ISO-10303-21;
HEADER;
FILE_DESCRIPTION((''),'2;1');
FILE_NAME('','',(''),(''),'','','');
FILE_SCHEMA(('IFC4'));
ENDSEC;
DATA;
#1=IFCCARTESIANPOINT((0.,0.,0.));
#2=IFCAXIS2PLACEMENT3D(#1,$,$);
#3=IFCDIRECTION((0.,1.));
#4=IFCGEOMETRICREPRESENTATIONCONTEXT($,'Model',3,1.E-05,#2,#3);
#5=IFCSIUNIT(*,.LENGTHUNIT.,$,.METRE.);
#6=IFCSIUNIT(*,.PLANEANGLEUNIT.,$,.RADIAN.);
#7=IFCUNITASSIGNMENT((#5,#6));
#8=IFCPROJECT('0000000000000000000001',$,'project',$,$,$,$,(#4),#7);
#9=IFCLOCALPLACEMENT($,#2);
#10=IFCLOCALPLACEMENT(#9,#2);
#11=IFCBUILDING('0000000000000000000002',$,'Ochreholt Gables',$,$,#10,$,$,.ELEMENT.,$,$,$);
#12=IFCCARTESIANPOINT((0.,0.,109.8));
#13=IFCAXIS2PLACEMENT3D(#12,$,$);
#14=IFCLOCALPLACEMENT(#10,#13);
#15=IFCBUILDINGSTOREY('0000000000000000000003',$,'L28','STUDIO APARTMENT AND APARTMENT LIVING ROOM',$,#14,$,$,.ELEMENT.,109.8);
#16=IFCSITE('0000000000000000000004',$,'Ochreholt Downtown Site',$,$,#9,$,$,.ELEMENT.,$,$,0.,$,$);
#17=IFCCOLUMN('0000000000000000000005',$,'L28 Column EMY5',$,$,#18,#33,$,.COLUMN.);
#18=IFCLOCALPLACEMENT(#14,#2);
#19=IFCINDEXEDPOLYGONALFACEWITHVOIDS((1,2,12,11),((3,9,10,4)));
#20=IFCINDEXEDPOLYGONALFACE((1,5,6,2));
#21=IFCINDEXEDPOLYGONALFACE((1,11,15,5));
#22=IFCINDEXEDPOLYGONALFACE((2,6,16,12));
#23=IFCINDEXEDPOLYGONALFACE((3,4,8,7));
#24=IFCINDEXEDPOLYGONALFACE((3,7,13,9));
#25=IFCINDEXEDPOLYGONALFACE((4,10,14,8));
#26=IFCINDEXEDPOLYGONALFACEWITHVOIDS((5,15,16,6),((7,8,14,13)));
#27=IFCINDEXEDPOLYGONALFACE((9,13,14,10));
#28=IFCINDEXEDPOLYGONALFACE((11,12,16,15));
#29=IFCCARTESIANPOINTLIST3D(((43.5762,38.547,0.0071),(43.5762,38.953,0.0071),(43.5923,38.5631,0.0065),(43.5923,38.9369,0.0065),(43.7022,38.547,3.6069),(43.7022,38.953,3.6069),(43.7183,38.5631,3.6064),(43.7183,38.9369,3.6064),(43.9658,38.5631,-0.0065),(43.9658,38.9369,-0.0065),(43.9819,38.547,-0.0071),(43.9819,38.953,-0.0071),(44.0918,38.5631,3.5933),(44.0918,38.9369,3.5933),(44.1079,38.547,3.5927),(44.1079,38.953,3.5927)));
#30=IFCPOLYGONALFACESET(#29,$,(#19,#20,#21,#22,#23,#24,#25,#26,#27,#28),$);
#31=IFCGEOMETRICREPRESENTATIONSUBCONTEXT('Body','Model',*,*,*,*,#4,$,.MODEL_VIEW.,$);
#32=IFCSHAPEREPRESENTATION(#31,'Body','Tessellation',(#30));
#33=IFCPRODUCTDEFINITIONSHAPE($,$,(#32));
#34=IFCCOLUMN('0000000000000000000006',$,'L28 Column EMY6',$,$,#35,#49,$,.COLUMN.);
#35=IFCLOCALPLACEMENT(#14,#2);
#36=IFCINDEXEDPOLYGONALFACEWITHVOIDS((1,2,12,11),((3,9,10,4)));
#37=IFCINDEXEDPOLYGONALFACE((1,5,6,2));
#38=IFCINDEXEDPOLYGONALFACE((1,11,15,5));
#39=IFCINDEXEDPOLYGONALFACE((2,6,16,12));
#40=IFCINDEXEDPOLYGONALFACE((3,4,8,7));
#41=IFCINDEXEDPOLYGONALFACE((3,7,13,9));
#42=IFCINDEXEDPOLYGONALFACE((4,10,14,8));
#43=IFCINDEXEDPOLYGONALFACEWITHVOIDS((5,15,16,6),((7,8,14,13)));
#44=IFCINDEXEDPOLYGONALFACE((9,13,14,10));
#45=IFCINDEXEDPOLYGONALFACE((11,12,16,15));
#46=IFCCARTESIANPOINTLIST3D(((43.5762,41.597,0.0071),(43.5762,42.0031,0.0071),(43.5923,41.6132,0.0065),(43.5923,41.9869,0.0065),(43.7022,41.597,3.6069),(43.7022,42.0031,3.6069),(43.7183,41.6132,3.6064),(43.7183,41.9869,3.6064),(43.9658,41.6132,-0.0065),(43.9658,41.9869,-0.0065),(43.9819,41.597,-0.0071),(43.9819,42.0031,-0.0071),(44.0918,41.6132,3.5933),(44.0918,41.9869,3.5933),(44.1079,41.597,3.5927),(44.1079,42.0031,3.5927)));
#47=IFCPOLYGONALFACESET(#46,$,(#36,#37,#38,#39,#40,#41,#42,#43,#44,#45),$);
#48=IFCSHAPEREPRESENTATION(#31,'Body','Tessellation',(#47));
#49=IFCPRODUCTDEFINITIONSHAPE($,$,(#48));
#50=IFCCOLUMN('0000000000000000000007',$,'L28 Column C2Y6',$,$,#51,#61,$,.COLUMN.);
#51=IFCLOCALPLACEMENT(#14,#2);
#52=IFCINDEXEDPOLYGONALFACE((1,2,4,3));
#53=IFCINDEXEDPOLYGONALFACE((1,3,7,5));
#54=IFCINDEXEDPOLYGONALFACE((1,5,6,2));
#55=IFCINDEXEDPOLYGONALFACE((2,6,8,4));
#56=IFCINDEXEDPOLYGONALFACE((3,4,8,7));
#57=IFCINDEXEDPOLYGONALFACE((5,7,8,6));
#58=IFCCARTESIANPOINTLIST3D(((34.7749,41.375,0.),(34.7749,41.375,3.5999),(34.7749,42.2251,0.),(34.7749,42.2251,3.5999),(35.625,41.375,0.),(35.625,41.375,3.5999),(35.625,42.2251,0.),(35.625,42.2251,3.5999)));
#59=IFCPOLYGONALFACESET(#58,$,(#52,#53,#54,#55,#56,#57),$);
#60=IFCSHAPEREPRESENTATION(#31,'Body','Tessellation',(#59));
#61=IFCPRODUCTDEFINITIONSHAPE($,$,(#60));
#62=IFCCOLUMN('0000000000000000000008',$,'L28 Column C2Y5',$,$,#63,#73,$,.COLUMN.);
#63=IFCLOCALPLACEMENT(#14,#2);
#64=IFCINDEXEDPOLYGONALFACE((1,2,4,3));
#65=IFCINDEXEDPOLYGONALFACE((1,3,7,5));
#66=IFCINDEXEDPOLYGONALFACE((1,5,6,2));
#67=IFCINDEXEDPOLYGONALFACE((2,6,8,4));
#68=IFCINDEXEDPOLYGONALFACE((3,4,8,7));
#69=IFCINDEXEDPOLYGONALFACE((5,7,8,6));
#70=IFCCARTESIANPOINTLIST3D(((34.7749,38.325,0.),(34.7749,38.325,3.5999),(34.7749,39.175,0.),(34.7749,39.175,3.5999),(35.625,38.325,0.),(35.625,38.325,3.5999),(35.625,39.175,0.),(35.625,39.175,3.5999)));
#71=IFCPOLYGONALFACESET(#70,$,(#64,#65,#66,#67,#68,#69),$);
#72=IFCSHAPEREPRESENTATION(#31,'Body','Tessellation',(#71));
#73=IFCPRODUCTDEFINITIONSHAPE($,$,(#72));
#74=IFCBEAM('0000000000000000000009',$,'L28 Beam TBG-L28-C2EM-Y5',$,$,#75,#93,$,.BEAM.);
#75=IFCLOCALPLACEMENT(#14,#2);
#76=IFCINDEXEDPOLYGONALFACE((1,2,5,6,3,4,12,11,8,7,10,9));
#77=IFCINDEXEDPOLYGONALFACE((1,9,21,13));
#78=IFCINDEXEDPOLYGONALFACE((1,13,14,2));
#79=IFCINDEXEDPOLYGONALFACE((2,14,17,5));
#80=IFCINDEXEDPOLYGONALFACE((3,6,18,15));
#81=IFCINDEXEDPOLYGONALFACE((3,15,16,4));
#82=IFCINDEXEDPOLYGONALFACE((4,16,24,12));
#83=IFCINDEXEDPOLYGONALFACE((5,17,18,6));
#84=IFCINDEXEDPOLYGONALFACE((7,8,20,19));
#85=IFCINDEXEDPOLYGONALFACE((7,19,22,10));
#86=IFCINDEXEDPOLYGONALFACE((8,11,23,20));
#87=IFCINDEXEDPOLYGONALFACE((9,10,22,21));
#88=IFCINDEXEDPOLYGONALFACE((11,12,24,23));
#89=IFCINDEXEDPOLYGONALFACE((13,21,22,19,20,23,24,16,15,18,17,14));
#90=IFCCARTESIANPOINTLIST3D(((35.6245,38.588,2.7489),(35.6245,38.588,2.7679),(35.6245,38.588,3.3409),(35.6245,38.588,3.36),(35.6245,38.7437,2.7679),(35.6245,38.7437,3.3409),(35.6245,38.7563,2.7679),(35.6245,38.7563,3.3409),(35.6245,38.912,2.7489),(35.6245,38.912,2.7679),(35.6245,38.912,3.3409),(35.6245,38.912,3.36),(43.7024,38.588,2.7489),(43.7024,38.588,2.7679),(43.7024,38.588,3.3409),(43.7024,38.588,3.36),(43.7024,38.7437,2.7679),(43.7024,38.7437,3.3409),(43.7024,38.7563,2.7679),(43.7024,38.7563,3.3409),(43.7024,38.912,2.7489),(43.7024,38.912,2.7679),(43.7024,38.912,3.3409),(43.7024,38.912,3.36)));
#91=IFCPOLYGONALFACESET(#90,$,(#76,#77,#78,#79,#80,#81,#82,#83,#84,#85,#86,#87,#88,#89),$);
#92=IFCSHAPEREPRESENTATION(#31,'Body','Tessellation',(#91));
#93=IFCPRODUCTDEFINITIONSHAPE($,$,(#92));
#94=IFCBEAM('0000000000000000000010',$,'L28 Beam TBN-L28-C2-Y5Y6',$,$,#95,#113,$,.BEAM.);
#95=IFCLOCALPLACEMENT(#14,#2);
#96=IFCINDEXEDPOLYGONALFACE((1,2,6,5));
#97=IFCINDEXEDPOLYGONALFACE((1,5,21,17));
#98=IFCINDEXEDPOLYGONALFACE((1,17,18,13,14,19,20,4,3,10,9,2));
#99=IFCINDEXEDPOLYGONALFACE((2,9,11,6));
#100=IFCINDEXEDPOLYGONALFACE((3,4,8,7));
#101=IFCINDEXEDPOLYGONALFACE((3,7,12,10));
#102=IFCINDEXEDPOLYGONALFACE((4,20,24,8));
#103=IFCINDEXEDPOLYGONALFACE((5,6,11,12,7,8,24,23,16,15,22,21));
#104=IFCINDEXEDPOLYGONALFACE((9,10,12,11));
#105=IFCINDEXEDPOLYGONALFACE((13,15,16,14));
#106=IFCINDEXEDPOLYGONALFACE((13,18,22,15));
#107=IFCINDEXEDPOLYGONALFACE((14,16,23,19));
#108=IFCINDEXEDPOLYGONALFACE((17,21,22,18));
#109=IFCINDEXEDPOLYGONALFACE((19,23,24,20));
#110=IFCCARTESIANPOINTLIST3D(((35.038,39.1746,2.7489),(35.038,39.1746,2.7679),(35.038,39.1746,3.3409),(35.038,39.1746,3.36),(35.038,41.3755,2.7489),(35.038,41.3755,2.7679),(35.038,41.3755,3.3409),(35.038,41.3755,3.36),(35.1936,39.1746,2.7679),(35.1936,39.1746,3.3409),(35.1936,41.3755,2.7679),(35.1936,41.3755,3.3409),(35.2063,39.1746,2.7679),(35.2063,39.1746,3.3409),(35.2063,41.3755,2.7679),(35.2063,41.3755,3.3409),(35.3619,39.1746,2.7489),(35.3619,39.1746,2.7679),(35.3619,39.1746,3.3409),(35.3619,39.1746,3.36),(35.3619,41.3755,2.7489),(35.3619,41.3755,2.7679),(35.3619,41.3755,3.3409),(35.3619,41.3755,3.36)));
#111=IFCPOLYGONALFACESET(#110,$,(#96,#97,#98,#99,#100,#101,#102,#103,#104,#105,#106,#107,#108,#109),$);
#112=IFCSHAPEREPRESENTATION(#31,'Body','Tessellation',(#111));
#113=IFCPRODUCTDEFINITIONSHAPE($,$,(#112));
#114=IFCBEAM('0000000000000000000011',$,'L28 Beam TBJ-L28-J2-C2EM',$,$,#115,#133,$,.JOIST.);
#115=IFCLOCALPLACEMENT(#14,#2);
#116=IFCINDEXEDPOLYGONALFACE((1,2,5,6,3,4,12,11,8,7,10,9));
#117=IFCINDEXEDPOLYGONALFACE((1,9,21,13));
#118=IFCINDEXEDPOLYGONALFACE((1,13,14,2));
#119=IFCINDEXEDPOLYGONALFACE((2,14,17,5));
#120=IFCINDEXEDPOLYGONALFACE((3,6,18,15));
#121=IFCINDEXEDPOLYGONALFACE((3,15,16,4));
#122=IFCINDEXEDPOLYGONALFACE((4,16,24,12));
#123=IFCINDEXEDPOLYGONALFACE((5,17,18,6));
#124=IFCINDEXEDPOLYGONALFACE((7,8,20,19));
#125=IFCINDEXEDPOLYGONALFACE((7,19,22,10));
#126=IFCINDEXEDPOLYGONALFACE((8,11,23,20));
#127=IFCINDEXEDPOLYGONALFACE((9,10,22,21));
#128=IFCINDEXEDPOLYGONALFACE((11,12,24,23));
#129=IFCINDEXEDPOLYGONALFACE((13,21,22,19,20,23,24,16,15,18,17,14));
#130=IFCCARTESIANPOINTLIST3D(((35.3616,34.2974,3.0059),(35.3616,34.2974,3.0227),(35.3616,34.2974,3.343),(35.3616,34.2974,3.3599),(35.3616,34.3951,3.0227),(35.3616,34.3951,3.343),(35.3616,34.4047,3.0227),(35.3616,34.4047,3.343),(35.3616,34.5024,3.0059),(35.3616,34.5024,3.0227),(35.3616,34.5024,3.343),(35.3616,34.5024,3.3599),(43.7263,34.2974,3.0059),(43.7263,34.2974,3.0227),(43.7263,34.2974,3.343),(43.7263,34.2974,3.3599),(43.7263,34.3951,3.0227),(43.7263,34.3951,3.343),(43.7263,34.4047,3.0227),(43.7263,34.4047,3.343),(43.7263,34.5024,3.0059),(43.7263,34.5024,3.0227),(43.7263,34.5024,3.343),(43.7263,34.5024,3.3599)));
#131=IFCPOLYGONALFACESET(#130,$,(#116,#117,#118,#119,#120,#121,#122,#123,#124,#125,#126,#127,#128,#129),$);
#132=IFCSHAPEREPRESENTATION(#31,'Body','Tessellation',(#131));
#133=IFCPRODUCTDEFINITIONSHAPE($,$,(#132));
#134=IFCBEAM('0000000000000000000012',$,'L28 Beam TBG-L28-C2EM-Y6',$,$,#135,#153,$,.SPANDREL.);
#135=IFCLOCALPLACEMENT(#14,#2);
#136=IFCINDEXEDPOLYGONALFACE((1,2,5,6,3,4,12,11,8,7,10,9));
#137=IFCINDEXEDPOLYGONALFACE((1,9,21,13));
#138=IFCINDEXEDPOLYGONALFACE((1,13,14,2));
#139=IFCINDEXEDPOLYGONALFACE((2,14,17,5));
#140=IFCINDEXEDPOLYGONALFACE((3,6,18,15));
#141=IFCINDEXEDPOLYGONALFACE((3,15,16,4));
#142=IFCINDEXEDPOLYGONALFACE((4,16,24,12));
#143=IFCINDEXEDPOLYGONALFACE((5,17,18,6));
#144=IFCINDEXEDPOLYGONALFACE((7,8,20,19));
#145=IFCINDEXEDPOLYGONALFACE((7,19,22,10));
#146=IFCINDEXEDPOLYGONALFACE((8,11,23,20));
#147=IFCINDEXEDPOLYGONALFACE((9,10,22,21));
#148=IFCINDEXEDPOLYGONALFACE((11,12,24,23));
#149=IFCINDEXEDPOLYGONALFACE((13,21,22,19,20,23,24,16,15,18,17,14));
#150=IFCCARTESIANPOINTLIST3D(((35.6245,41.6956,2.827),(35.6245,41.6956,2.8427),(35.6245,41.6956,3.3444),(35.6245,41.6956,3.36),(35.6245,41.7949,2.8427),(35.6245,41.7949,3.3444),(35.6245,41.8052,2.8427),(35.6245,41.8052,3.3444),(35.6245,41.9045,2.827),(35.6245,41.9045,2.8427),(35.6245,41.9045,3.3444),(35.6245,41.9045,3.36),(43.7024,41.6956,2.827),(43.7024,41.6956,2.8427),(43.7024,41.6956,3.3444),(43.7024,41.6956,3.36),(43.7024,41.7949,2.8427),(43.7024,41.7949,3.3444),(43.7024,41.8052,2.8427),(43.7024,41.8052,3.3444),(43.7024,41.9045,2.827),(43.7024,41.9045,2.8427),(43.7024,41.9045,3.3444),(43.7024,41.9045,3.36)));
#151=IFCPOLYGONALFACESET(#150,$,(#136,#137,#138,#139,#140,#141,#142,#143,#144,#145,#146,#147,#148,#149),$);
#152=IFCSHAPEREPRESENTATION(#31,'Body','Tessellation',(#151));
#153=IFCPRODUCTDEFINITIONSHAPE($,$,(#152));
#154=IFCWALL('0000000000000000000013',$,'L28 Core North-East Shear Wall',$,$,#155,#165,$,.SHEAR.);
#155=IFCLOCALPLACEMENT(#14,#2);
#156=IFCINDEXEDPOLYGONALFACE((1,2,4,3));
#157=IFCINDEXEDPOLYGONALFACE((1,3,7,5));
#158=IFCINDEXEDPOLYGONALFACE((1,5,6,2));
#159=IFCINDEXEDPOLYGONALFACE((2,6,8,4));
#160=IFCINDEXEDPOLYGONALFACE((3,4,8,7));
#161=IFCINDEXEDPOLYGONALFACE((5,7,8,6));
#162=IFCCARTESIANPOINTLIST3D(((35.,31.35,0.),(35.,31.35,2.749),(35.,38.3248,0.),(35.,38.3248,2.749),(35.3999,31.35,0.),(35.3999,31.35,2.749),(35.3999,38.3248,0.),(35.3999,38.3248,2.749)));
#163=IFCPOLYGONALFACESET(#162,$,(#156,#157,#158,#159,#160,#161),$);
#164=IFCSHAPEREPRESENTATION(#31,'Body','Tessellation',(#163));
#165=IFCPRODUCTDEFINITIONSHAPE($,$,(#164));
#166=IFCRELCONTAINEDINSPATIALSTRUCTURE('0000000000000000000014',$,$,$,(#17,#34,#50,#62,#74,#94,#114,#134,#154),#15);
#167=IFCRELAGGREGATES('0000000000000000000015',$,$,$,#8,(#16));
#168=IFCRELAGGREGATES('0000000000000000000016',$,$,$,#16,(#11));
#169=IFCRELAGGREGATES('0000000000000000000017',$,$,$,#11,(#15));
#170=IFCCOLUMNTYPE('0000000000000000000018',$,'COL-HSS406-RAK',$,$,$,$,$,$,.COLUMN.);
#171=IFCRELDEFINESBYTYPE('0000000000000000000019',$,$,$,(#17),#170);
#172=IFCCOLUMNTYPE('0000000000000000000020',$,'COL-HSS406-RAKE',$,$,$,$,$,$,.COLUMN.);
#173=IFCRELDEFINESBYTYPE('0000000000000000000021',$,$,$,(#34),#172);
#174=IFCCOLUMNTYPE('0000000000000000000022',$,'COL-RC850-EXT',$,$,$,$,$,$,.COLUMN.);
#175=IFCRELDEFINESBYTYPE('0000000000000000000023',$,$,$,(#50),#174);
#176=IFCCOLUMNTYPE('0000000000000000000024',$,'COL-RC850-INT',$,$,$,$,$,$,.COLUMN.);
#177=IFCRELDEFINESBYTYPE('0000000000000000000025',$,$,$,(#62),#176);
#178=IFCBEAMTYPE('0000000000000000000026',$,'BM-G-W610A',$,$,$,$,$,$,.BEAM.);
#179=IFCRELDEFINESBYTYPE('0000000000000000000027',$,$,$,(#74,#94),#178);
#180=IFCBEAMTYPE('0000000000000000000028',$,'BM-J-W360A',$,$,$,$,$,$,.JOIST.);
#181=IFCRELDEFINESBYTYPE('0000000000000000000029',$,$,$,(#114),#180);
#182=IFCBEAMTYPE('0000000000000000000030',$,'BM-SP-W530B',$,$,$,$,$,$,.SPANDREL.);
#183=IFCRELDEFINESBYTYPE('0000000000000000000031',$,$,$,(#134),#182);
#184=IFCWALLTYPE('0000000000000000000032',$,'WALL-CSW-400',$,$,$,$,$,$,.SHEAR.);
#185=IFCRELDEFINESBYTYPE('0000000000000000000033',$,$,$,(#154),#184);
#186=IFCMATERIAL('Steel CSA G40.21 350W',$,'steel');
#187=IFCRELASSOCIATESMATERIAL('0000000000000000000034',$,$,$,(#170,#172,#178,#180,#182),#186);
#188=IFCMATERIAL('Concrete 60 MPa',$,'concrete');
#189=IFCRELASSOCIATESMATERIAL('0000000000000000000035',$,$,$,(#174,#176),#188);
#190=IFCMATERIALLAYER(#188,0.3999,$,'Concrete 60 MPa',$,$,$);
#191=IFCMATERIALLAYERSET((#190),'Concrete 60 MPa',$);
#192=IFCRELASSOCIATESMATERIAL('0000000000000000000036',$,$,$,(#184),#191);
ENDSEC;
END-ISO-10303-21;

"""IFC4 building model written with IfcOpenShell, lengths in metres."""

from ifc_helpers import new_model, si_unit, direction, frame, frame_2d, origin, origin_2d, place, context, subcontext, project, spatial, rectangle, hollow_rectangle, i_section, extrude, material, layer, layer_set, material_profile, profile_set, type_object, element, save


model = new_model("IFC4")

# Units and contexts
model_context = context("Model", 3, precision=1e-05, world=origin(), true_north=direction((0.0, 1.0)))
body_context = subcontext(model_context, "Body", "Model", "MODEL_VIEW")
ifc_project = project(units=[si_unit("LENGTHUNIT", "METRE"), si_unit("PLANEANGLEUNIT", "RADIAN")], contexts=[model_context])

# Site, building, storey
site_placement = place(None, origin())
site = spatial("IfcSite", under=ifc_project, at=site_placement, Name="Ochreholt Downtown Site", CompositionType="ELEMENT", RefElevation=0.0)
building_placement = place(site_placement, origin())
building = spatial("IfcBuilding", under=site, at=building_placement, Name="Ochreholt Gables", CompositionType="ELEMENT")
storey_placement = place(building_placement, frame((0.0, 0.0, 109.8)))
storey = spatial("IfcBuildingStorey", under=building, at=storey_placement, Name="L28", Description="STUDIO APARTMENT AND APARTMENT LIVING ROOM", CompositionType="ELEMENT", Elevation=109.8)

# Columns
ifc_material_1 = material(Name="Steel CSA G40.21 350W", Category="steel")
ifc_material_profile_1 = material_profile(ifc_material_1, hollow_rectangle(XDim=0.406, YDim=0.406, WallThickness=0.0161, at=origin_2d()), Name="HSS406X406X16")
ifc_profile_set_1 = profile_set([ifc_material_profile_1], Name="Steel CSA G40.21 350W")
column_type_1 = type_object("IfcColumnType", Name="COL-HSS406-RAK", PredefinedType="COLUMN", material=ifc_profile_set_1)
column_1_placement = place(storey_placement, frame((43.7791, 38.75, 0.0), z_axis=(0.034974, 0.0, 0.999388), x_axis=(0.0, 1.0, 0.0)))
element("IfcColumn", 1, at=column_1_placement, inside=storey, type_object=column_type_1, Name="L28 Column EMY5", PredefinedType="COLUMN", context=body_context, shape_type="SweptSolid", body=[
    extrude(hollow_rectangle(XDim=0.406, YDim=0.406, WallThickness=0.0161, at=origin_2d()), origin(), (0.0, 0.0, 1.0), 3.6021),
])
ifc_material_profile_2 = material_profile(ifc_material_1, hollow_rectangle(XDim=0.406, YDim=0.406, WallThickness=0.0161, at=origin_2d()), Name="HSS406X406X16")
ifc_profile_set_2 = profile_set([ifc_material_profile_2], Name="Steel CSA G40.21 350W")
column_type_2 = type_object("IfcColumnType", Name="COL-HSS406-RAKE", PredefinedType="COLUMN", material=ifc_profile_set_2)
column_2_placement = place(storey_placement, frame((43.7791, 41.8, 0.0), z_axis=(0.034974, 0.0, 0.999388), x_axis=(0.0, 1.0, 0.0)))
element("IfcColumn", 2, at=column_2_placement, inside=storey, type_object=column_type_2, Name="L28 Column EMY6", PredefinedType="COLUMN", context=body_context, shape_type="SweptSolid", body=[
    extrude(hollow_rectangle(XDim=0.406, YDim=0.406, WallThickness=0.0161, at=origin_2d()), origin(), (0.0, 0.0, 1.0), 3.6021),
])
ifc_material_2 = material(Name="Concrete 60 MPa", Category="concrete")
ifc_material_profile_3 = material_profile(ifc_material_2, rectangle(XDim=0.8501, YDim=0.8501, at=origin_2d()), Name="RC850X850")
ifc_profile_set_3 = profile_set([ifc_material_profile_3], Name="Concrete 60 MPa")
column_type_3 = type_object("IfcColumnType", Name="COL-RC850-EXT", PredefinedType="COLUMN", material=ifc_profile_set_3)
column_3_placement = place(storey_placement, frame((35.2, 41.8, 0.0), z_axis=(0.0, 0.0, 1.0), x_axis=(1.0, 0.0, 0.0)))
element("IfcColumn", 3, at=column_3_placement, inside=storey, type_object=column_type_3, Name="L28 Column C2Y6", PredefinedType="COLUMN", context=body_context, shape_type="SweptSolid", body=[
    extrude(rectangle(XDim=0.8501, YDim=0.8501, at=origin_2d()), origin(), (0.0, 0.0, 1.0), 3.5999),
])
ifc_material_profile_4 = material_profile(ifc_material_2, rectangle(XDim=0.8501, YDim=0.8501, at=origin_2d()), Name="RC850X850")
ifc_profile_set_4 = profile_set([ifc_material_profile_4], Name="Concrete 60 MPa")
column_type_4 = type_object("IfcColumnType", Name="COL-RC850-INT", PredefinedType="COLUMN", material=ifc_profile_set_4)
column_4_placement = place(storey_placement, frame((35.2, 38.75, 0.0), z_axis=(0.0, 0.0, 1.0), x_axis=(1.0, 0.0, 0.0)))
element("IfcColumn", 4, at=column_4_placement, inside=storey, type_object=column_type_4, Name="L28 Column C2Y5", PredefinedType="COLUMN", context=body_context, shape_type="SweptSolid", body=[
    extrude(rectangle(XDim=0.8501, YDim=0.8501, at=origin_2d()), origin(), (0.0, 0.0, 1.0), 3.5999),
])

# Beams
ifc_material_profile_5 = material_profile(ifc_material_1, i_section(OverallWidth=0.324, OverallDepth=0.6111, WebThickness=0.0127, FlangeThickness=0.019, at=origin_2d()), Name="W610X155")
ifc_profile_set_5 = profile_set([ifc_material_profile_5], Name="Steel CSA G40.21 350W")
beam_type_1 = type_object("IfcBeamType", Name="BM-G-W610A", PredefinedType="BEAM", material=ifc_profile_set_5)
beam_1_placement = place(storey_placement, frame((35.6245, 38.75, 3.0544), z_axis=(1.0, 0.0, 0.0), x_axis=(0.0, 1.0, 0.0)))
element("IfcBeam", 5, at=beam_1_placement, inside=storey, type_object=beam_type_1, Name="L28 Beam TBG-L28-C2EM-Y5", PredefinedType="BEAM", context=body_context, shape_type="SweptSolid", body=[
    extrude(i_section(OverallWidth=0.324, OverallDepth=0.6111, WebThickness=0.0127, FlangeThickness=0.019, at=origin_2d()), origin(), (0.0, 0.0, 1.0), 8.0779),
])
beam_2_placement = place(storey_placement, frame((35.2, 39.1746, 3.0544), z_axis=(0.0, 1.0, 0.0), x_axis=(-1.0, 0.0, 0.0)))
element("IfcBeam", 6, at=beam_2_placement, inside=storey, type_object=beam_type_1, Name="L28 Beam TBN-L28-C2-Y5Y6", PredefinedType="BEAM", context=body_context, shape_type="SweptSolid", body=[
    extrude(i_section(OverallWidth=0.324, OverallDepth=0.6111, WebThickness=0.0127, FlangeThickness=0.019, at=origin_2d()), origin(), (0.0, 0.0, 1.0), 2.2009),
])
ifc_material_profile_6 = material_profile(ifc_material_1, i_section(OverallWidth=0.2051, OverallDepth=0.354, WebThickness=0.0095, FlangeThickness=0.0168, at=origin_2d()), Name="W360X79")
ifc_profile_set_6 = profile_set([ifc_material_profile_6], Name="Steel CSA G40.21 350W")
beam_type_2 = type_object("IfcBeamType", Name="BM-J-W360A", PredefinedType="JOIST", material=ifc_profile_set_6)
beam_3_placement = place(storey_placement, frame((35.3616, 34.3999, 3.1829), z_axis=(1.0, 0.0, 0.0), x_axis=(0.0, 1.0, 0.0)))
element("IfcBeam", 7, at=beam_3_placement, inside=storey, type_object=beam_type_2, Name="L28 Beam TBJ-L28-J2-C2EM", PredefinedType="JOIST", context=body_context, shape_type="SweptSolid", body=[
    extrude(i_section(OverallWidth=0.2051, OverallDepth=0.354, WebThickness=0.0095, FlangeThickness=0.0168, at=origin_2d()), origin(), (0.0, 0.0, 1.0), 8.3647),
])
ifc_material_profile_7 = material_profile(ifc_material_1, i_section(OverallWidth=0.209, OverallDepth=0.533, WebThickness=0.0103, FlangeThickness=0.0156, at=origin_2d()), Name="W530X92")
ifc_profile_set_7 = profile_set([ifc_material_profile_7], Name="Steel CSA G40.21 350W")
beam_type_3 = type_object("IfcBeamType", Name="BM-SP-W530B", PredefinedType="SPANDREL", material=ifc_profile_set_7)
beam_4_placement = place(storey_placement, frame((35.6245, 41.8, 3.0935), z_axis=(1.0, 0.0, 0.0), x_axis=(0.0, 1.0, 0.0)))
element("IfcBeam", 8, at=beam_4_placement, inside=storey, type_object=beam_type_3, Name="L28 Beam TBG-L28-C2EM-Y6", PredefinedType="SPANDREL", context=body_context, shape_type="SweptSolid", body=[
    extrude(i_section(OverallWidth=0.209, OverallDepth=0.533, WebThickness=0.0103, FlangeThickness=0.0156, at=origin_2d()), origin(), (0.0, 0.0, 1.0), 8.0779),
])

# Wall
ifc_layer_1 = layer(ifc_material_2, 0.3999, Name="Concrete 60 MPa")
ifc_layer_set_1 = layer_set([ifc_layer_1], Name="Concrete 60 MPa")
wall_type_1 = type_object("IfcWallType", Name="WALL-CSW-400", PredefinedType="SHEAR", material=ifc_layer_set_1)
wall_1_placement = place(storey_placement, frame((35.2, 31.3501, 0.0), z_axis=(0.0, 0.0, 1.0), x_axis=(0.0, 1.0, 0.0)))
element("IfcWall", 9, at=wall_1_placement, inside=storey, type_object=wall_type_1, Name="L28 Core North-East Shear Wall", PredefinedType="SHEAR", context=body_context, shape_type="SweptSolid", body=[
    extrude(rectangle(XDim=6.9749, YDim=0.3999, at=frame_2d((3.4873, 0.0))), origin(), (0.0, 0.0, 1.0), 2.749),
])

save(model, "model.ifc")
